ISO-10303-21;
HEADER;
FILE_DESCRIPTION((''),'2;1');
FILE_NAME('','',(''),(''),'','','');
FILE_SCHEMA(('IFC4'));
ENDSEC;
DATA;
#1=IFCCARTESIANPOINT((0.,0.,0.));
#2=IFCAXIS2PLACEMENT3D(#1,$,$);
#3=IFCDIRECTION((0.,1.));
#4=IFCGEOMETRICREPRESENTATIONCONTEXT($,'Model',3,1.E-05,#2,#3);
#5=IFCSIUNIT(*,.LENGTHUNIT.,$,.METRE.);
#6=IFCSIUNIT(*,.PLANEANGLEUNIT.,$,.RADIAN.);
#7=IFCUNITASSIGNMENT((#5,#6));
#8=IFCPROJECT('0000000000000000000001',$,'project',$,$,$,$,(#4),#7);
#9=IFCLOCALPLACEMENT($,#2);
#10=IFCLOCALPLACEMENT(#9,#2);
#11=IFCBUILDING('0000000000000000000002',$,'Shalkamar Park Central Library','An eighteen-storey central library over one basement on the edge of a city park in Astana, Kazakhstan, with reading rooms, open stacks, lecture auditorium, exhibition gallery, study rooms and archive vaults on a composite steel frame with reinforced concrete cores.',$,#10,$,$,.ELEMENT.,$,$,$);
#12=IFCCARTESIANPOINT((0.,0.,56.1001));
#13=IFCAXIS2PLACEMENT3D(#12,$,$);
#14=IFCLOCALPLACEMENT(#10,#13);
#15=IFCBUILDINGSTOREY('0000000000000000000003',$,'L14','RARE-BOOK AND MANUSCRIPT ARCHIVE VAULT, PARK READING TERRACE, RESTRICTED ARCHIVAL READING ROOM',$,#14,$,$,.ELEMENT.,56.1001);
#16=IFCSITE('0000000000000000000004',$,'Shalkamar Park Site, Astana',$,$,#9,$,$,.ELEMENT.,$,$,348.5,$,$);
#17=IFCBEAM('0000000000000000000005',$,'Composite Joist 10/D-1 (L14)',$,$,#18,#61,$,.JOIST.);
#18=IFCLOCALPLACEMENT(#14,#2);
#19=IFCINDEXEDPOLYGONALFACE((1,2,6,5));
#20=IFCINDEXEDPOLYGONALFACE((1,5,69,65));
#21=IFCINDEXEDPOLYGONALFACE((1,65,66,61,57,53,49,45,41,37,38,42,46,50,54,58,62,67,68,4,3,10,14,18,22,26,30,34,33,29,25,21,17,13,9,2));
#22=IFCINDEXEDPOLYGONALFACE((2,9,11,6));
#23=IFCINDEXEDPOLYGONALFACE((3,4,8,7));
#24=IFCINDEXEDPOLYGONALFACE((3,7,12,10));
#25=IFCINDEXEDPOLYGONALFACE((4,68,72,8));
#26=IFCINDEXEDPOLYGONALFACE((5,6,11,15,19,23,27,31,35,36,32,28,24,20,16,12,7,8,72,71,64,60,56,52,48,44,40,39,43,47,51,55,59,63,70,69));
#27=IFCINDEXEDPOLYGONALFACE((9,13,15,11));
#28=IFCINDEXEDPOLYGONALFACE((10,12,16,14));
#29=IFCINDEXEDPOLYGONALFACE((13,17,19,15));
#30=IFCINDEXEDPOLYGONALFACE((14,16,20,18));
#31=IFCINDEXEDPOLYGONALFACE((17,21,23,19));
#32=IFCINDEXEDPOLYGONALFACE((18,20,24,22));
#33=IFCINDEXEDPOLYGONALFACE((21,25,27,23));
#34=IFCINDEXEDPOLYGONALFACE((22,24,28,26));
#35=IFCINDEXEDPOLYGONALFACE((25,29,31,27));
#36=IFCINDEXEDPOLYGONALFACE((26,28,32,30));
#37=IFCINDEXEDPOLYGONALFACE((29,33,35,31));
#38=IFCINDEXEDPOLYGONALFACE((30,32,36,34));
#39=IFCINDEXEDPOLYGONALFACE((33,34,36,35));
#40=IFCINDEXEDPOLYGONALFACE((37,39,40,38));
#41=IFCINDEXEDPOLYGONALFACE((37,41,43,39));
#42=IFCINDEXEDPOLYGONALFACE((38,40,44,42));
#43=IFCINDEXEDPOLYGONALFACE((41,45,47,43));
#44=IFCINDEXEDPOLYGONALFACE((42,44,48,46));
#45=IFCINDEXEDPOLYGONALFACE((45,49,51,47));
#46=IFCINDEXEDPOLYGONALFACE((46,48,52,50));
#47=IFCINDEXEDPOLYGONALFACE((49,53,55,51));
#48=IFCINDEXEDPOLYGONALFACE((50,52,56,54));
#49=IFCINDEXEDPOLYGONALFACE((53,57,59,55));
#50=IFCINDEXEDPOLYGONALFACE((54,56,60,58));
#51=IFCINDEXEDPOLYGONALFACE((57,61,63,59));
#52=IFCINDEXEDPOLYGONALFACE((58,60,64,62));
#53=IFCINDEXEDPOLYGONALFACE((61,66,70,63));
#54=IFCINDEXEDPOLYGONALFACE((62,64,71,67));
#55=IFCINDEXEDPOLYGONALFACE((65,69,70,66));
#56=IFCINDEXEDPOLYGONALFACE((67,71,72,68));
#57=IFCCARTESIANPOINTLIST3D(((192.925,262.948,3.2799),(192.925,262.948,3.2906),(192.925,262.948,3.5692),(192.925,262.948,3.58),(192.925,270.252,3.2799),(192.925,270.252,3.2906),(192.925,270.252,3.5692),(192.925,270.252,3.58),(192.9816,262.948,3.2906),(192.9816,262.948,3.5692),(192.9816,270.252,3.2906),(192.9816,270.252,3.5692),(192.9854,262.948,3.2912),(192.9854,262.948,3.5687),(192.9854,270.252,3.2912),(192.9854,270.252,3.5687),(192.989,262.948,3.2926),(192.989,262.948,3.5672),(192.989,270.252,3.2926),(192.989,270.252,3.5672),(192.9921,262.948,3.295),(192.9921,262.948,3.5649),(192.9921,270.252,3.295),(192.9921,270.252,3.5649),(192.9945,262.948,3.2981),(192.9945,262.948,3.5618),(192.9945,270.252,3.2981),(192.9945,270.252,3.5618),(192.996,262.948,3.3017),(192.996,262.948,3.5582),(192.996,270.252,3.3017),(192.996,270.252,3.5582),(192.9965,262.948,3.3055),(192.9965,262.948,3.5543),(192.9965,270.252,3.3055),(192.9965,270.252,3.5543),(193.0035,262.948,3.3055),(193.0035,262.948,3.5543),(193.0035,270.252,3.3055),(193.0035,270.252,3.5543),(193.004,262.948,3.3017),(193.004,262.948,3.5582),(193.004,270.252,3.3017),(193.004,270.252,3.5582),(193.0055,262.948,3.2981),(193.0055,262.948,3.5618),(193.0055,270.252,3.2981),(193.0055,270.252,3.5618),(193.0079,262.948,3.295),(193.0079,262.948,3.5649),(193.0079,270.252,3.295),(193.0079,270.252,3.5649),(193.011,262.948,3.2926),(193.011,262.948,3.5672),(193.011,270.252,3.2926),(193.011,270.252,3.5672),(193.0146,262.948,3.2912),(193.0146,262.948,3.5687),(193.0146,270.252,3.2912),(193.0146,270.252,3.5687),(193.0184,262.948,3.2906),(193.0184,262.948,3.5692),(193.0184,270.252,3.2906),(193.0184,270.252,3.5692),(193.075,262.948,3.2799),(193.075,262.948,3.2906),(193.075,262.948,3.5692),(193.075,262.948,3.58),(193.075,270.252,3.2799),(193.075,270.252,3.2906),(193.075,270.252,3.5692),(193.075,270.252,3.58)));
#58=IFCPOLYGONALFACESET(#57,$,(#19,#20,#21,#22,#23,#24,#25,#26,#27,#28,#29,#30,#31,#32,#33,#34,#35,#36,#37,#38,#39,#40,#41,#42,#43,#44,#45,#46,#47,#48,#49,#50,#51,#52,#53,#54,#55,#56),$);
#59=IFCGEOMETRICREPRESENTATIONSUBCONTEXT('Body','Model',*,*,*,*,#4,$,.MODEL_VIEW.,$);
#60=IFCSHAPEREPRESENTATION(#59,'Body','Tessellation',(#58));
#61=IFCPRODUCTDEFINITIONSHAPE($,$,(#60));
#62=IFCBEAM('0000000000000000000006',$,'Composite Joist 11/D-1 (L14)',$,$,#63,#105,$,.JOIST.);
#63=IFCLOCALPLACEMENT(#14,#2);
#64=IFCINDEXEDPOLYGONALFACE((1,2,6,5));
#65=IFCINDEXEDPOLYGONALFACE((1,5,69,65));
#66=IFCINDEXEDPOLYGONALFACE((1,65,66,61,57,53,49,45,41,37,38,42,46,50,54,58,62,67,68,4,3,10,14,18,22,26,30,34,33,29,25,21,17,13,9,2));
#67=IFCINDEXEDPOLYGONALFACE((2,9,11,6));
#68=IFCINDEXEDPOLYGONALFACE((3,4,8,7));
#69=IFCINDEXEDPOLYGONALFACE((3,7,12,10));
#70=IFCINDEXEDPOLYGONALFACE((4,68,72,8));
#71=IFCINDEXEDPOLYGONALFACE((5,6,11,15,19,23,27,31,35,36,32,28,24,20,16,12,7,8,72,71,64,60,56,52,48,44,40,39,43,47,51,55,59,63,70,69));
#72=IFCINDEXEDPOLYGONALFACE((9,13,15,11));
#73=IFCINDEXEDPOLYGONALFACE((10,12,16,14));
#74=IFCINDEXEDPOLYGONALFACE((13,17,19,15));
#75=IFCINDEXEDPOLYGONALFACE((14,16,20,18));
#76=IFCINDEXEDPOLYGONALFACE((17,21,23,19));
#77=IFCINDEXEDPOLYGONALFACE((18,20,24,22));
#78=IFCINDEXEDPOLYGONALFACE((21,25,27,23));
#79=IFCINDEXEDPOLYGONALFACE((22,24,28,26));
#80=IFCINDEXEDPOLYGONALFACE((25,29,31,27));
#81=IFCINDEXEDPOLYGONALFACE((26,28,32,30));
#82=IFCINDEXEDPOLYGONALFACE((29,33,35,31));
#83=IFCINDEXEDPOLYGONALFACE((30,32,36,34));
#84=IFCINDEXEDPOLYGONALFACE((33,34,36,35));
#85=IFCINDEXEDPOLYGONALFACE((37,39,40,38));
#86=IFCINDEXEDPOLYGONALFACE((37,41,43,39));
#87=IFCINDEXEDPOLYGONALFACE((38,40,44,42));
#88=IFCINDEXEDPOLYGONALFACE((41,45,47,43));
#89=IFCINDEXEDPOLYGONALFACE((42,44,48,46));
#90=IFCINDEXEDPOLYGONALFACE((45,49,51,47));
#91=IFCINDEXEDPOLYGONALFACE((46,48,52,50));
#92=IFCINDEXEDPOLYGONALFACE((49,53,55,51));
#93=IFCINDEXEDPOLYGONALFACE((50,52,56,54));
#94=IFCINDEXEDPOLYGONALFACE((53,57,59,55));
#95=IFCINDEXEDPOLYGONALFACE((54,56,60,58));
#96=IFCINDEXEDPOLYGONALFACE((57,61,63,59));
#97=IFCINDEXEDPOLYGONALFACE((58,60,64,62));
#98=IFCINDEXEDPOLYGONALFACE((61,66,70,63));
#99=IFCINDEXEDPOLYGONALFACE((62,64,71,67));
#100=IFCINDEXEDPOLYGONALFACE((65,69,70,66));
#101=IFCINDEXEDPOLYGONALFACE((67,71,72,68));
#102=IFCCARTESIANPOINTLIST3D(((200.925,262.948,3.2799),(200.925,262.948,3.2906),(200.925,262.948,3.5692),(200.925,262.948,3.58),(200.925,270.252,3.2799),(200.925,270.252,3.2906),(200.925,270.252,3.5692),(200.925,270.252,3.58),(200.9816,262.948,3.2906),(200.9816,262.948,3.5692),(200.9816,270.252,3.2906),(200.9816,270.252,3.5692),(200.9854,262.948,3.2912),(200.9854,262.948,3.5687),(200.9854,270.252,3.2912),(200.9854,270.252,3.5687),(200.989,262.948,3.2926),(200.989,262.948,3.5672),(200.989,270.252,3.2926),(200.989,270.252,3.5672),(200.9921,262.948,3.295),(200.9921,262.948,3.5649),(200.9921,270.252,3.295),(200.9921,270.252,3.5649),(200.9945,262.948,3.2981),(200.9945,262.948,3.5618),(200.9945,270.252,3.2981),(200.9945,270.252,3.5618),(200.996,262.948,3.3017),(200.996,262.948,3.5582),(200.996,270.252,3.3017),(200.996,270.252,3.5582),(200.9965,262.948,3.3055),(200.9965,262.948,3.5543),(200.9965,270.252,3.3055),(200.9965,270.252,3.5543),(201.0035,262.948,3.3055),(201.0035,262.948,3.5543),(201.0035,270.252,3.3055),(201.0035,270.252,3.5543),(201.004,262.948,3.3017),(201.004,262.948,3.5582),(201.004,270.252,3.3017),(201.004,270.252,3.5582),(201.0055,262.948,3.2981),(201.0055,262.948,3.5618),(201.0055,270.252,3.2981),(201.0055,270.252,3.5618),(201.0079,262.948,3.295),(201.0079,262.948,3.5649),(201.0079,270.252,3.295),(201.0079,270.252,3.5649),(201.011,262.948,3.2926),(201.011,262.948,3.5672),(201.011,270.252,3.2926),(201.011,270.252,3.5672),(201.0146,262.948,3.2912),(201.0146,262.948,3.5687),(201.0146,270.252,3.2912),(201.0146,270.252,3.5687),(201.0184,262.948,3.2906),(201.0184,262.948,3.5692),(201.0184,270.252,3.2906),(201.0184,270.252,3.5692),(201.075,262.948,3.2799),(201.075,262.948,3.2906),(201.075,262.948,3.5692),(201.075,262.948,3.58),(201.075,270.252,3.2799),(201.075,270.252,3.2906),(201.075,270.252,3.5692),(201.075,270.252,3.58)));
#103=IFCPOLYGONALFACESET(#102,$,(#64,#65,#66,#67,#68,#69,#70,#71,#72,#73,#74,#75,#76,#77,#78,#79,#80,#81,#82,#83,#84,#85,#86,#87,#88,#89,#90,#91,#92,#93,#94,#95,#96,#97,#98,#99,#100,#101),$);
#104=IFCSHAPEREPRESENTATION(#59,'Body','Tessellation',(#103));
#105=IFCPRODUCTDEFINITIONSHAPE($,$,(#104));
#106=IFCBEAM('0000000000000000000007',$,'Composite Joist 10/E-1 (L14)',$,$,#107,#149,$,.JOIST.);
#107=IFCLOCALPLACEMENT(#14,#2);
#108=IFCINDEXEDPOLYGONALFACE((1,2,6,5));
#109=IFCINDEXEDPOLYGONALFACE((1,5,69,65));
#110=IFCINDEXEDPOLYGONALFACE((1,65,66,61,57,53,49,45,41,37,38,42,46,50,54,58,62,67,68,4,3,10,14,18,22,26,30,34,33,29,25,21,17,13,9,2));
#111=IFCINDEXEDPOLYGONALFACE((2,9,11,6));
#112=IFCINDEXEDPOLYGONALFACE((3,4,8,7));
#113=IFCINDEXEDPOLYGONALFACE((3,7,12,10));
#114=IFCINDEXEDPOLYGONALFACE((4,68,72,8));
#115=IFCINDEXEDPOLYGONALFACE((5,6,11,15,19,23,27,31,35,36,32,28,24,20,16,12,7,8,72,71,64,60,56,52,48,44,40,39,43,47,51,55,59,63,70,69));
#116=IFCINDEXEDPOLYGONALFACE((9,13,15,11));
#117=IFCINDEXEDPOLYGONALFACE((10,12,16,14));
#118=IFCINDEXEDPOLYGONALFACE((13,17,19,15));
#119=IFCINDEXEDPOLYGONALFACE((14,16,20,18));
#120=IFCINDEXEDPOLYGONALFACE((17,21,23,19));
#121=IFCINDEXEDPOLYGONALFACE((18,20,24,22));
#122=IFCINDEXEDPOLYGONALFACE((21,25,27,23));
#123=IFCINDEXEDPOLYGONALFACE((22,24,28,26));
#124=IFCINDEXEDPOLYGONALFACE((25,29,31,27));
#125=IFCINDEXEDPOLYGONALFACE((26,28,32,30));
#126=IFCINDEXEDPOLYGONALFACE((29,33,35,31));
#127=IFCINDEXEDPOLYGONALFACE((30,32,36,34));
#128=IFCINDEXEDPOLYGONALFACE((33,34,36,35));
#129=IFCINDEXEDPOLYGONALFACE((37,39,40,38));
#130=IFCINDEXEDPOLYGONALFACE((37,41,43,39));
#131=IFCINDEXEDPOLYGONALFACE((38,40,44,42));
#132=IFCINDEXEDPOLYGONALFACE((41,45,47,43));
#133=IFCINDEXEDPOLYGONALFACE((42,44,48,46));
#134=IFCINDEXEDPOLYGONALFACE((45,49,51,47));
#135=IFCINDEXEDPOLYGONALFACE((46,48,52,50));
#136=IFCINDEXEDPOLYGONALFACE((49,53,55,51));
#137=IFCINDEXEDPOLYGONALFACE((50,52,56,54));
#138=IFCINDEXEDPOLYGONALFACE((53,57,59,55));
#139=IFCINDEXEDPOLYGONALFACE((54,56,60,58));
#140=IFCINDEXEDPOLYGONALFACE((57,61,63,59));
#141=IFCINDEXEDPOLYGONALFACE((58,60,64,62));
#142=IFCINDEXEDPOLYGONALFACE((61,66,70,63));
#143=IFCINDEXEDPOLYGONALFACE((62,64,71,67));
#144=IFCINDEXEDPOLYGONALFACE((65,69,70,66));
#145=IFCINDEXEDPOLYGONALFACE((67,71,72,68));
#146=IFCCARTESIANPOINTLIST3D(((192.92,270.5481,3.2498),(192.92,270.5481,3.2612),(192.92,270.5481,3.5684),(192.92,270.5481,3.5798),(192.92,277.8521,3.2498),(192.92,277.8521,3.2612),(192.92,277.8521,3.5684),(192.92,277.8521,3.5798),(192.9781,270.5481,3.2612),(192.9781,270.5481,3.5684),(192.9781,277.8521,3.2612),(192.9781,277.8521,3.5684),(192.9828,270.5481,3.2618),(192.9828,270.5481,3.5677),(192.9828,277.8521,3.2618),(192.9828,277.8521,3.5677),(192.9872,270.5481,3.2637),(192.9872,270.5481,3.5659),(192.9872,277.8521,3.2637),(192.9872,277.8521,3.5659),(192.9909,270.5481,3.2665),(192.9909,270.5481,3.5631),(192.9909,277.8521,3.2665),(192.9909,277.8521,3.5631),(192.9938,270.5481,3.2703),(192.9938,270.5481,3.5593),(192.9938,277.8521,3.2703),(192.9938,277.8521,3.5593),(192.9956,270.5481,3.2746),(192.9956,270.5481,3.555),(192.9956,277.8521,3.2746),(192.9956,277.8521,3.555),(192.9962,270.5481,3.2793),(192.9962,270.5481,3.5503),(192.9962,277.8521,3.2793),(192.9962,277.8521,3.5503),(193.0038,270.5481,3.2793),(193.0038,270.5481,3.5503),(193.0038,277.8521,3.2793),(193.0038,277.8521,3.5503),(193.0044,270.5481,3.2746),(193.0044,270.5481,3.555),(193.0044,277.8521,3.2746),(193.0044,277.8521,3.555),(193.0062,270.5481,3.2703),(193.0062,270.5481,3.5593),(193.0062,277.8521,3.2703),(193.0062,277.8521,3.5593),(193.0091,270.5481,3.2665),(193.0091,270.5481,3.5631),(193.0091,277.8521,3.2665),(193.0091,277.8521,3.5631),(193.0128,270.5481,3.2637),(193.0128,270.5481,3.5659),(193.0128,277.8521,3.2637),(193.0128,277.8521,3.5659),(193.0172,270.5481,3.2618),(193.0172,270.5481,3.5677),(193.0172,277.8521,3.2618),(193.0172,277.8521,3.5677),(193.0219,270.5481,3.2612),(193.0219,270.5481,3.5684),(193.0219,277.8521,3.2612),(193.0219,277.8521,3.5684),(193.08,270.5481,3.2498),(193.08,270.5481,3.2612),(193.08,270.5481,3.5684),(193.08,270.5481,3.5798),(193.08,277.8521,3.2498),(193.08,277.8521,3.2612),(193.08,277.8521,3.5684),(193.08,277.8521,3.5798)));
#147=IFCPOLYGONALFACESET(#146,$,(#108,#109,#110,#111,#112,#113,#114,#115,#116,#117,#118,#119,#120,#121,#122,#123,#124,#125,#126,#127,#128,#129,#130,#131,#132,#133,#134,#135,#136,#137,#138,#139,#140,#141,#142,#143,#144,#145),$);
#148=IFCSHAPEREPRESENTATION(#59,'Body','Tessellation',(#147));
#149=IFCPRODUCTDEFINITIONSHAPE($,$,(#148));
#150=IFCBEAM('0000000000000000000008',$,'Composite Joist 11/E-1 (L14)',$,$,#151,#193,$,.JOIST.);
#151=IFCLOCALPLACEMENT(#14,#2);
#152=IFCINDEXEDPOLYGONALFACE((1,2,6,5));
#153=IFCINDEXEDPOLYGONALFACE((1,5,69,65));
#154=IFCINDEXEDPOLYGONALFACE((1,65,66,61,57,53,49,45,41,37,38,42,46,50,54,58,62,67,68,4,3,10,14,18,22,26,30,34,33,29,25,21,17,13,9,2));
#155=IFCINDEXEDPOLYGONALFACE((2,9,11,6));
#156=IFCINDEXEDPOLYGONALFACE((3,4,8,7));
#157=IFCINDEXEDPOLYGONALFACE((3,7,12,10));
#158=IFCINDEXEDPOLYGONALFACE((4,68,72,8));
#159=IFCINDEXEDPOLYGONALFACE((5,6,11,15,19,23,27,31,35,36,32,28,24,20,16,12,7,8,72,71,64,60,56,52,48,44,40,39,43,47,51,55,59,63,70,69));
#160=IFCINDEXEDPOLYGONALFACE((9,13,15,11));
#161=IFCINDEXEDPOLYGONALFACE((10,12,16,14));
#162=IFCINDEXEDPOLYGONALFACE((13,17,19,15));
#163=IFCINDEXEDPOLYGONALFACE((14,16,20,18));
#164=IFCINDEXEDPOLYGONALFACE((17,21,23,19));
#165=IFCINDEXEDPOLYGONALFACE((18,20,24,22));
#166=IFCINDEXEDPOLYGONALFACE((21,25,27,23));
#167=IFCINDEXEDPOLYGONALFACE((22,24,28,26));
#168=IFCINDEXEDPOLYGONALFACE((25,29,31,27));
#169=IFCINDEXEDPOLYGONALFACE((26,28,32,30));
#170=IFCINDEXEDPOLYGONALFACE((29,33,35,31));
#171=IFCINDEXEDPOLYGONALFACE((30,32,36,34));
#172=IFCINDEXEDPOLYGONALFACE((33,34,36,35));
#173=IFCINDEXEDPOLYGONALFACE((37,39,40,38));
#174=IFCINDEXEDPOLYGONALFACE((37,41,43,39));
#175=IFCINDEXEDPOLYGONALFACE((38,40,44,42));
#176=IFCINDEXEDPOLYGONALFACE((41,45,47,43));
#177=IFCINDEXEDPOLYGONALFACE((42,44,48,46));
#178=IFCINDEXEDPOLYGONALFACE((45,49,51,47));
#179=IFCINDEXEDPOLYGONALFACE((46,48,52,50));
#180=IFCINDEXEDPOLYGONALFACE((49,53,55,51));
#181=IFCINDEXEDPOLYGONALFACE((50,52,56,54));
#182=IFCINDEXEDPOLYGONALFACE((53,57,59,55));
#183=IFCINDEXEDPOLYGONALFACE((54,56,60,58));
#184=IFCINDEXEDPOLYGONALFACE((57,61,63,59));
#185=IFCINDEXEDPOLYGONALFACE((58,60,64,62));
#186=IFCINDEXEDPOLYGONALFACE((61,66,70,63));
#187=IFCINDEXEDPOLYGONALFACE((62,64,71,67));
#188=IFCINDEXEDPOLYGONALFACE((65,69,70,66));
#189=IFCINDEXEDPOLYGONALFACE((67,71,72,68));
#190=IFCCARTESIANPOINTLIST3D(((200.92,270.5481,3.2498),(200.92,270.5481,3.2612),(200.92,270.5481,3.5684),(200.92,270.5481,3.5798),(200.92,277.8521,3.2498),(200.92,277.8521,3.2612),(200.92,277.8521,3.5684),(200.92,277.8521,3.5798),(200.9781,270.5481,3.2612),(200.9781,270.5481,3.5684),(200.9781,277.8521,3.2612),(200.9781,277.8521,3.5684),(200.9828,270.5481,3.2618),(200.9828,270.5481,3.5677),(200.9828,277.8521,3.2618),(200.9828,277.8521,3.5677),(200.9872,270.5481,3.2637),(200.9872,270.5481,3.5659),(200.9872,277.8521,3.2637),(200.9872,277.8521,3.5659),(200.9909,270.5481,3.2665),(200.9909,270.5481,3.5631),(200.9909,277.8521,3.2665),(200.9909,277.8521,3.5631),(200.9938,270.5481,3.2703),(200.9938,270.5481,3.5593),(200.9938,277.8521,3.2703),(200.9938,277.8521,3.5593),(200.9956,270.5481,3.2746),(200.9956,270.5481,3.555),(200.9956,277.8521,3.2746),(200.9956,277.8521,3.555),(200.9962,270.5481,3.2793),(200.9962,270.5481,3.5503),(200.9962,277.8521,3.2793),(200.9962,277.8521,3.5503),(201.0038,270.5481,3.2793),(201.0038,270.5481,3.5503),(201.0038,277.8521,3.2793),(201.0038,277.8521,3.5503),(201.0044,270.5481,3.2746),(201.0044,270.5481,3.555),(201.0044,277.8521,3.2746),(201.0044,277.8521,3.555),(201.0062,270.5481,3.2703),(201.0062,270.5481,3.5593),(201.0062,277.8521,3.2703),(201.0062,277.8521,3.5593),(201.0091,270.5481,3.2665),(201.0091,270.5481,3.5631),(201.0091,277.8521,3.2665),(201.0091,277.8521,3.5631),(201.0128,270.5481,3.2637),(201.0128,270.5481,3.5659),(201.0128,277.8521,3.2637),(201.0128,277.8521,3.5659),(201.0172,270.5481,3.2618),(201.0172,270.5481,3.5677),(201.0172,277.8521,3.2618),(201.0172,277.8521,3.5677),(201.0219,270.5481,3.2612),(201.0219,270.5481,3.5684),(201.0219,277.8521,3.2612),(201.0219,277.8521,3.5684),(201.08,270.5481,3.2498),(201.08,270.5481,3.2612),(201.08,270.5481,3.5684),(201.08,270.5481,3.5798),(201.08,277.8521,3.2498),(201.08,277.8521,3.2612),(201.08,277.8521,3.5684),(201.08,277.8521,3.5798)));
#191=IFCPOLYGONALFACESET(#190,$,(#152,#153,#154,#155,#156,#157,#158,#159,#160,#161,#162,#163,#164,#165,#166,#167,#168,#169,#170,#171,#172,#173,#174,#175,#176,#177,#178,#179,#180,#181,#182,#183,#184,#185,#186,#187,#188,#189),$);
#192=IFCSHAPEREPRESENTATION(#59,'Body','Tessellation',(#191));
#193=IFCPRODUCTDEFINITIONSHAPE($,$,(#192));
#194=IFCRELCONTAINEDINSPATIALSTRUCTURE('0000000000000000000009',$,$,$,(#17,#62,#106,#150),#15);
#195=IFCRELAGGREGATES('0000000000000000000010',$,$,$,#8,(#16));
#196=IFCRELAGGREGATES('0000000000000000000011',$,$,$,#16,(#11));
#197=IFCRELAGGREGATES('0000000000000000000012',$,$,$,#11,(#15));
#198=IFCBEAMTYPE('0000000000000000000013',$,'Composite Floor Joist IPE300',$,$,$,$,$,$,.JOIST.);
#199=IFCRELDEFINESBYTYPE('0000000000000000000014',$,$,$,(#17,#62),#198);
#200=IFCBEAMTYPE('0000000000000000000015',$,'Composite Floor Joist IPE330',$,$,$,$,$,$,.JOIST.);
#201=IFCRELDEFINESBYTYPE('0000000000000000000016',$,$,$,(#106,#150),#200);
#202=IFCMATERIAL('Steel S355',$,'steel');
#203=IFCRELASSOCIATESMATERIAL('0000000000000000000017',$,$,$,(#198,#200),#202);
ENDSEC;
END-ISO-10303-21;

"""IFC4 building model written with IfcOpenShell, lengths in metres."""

from ifc_helpers import new_model, si_unit, direction, frame, origin, origin_2d, place, context, subcontext, project, spatial, i_section, extrude, material, material_profile, profile_set, type_object, element, save


model = new_model("IFC4")

# Units and contexts
model_context = context("Model", 3, precision=1e-05, world=origin(), true_north=direction((0.0, 1.0)))
body_context = subcontext(model_context, "Body", "Model", "MODEL_VIEW")
ifc_project = project(units=[si_unit("LENGTHUNIT", "METRE"), si_unit("PLANEANGLEUNIT", "RADIAN")], contexts=[model_context])

# Site, building, storey
site_placement = place(None, origin())
site = spatial("IfcSite", under=ifc_project, at=site_placement, Name="Shalkamar Park Site, Astana", CompositionType="ELEMENT", RefElevation=348.5)
building_placement = place(site_placement, origin())
building = spatial("IfcBuilding", under=site, at=building_placement, Name="Shalkamar Park Central Library", Description="An eighteen-storey central library over one basement on the edge of a city park in Astana, Kazakhstan, with reading rooms, open stacks, lecture auditorium, exhibition gallery, study rooms and archive vaults on a composite steel frame with reinforced concrete cores.", CompositionType="ELEMENT")
storey_placement = place(building_placement, frame((0.0, 0.0, 56.1001)))
storey = spatial("IfcBuildingStorey", under=building, at=storey_placement, Name="L14", Description="RARE-BOOK AND MANUSCRIPT ARCHIVE VAULT, PARK READING TERRACE, RESTRICTED ARCHIVAL READING ROOM", CompositionType="ELEMENT", Elevation=56.1001)

# Shared definitions
ifc_material_1 = material(Name="Steel S355", Category="steel")

# Beams
ifc_material_profile_1 = material_profile(ifc_material_1, i_section(OverallWidth=0.1499, OverallDepth=0.3, WebThickness=0.0071, FlangeThickness=0.0107, FilletRadius=0.0149, at=origin_2d()), Name="IPE 300")
ifc_profile_set_1 = profile_set([ifc_material_profile_1], Name="Steel S355")
beam_type_1 = type_object("IfcBeamType", Name="Composite Floor Joist IPE300", PredefinedType="JOIST", material=ifc_profile_set_1)
for number, where, z_axis, x_axis, name in (
    (1, (193.0, 262.948, 3.4299), (0.0, 1.0, 0.0), (-1.0, 0.0, 0.0), "Composite Joist 10/D-1 (L14)"),
    (2, (201.0, 262.948, 3.4299), (0.0, 1.0, 0.0), (-1.0, 0.0, 0.0), "Composite Joist 11/D-1 (L14)"),
):
    element("IfcBeam", number, at=place(storey_placement, frame(where, z_axis=z_axis, x_axis=x_axis)), inside=storey, type_object=beam_type_1, Name=name, PredefinedType="JOIST", context=body_context, shape_type="SweptSolid", body=[
        extrude(i_section(OverallWidth=0.1499, OverallDepth=0.3, WebThickness=0.0071, FlangeThickness=0.0107, FilletRadius=0.0149, at=origin_2d()), origin(), (0.0, 0.0, 1.0), 7.304),
    ])
ifc_material_profile_2 = material_profile(ifc_material_1, i_section(OverallWidth=0.1599, OverallDepth=0.3301, WebThickness=0.0076, FlangeThickness=0.0115, FilletRadius=0.0181, at=origin_2d()), Name="IPE 330")
ifc_profile_set_2 = profile_set([ifc_material_profile_2], Name="Steel S355")
beam_type_2 = type_object("IfcBeamType", Name="Composite Floor Joist IPE330", PredefinedType="JOIST", material=ifc_profile_set_2)
for number, where, z_axis, x_axis, name in (
    (3, (193.0, 270.5481, 3.4148), (0.0, 1.0, 0.0), (-1.0, 0.0, 0.0), "Composite Joist 10/E-1 (L14)"),
    (4, (201.0, 270.5481, 3.4148), (0.0, 1.0, 0.0), (-1.0, 0.0, 0.0), "Composite Joist 11/E-1 (L14)"),
):
    element("IfcBeam", number, at=place(storey_placement, frame(where, z_axis=z_axis, x_axis=x_axis)), inside=storey, type_object=beam_type_2, Name=name, PredefinedType="JOIST", context=body_context, shape_type="SweptSolid", body=[
        extrude(i_section(OverallWidth=0.1599, OverallDepth=0.3301, WebThickness=0.0076, FlangeThickness=0.0115, FilletRadius=0.0181, at=origin_2d()), origin(), (0.0, 0.0, 1.0), 7.304),
    ])

save(model, "model.ifc")
